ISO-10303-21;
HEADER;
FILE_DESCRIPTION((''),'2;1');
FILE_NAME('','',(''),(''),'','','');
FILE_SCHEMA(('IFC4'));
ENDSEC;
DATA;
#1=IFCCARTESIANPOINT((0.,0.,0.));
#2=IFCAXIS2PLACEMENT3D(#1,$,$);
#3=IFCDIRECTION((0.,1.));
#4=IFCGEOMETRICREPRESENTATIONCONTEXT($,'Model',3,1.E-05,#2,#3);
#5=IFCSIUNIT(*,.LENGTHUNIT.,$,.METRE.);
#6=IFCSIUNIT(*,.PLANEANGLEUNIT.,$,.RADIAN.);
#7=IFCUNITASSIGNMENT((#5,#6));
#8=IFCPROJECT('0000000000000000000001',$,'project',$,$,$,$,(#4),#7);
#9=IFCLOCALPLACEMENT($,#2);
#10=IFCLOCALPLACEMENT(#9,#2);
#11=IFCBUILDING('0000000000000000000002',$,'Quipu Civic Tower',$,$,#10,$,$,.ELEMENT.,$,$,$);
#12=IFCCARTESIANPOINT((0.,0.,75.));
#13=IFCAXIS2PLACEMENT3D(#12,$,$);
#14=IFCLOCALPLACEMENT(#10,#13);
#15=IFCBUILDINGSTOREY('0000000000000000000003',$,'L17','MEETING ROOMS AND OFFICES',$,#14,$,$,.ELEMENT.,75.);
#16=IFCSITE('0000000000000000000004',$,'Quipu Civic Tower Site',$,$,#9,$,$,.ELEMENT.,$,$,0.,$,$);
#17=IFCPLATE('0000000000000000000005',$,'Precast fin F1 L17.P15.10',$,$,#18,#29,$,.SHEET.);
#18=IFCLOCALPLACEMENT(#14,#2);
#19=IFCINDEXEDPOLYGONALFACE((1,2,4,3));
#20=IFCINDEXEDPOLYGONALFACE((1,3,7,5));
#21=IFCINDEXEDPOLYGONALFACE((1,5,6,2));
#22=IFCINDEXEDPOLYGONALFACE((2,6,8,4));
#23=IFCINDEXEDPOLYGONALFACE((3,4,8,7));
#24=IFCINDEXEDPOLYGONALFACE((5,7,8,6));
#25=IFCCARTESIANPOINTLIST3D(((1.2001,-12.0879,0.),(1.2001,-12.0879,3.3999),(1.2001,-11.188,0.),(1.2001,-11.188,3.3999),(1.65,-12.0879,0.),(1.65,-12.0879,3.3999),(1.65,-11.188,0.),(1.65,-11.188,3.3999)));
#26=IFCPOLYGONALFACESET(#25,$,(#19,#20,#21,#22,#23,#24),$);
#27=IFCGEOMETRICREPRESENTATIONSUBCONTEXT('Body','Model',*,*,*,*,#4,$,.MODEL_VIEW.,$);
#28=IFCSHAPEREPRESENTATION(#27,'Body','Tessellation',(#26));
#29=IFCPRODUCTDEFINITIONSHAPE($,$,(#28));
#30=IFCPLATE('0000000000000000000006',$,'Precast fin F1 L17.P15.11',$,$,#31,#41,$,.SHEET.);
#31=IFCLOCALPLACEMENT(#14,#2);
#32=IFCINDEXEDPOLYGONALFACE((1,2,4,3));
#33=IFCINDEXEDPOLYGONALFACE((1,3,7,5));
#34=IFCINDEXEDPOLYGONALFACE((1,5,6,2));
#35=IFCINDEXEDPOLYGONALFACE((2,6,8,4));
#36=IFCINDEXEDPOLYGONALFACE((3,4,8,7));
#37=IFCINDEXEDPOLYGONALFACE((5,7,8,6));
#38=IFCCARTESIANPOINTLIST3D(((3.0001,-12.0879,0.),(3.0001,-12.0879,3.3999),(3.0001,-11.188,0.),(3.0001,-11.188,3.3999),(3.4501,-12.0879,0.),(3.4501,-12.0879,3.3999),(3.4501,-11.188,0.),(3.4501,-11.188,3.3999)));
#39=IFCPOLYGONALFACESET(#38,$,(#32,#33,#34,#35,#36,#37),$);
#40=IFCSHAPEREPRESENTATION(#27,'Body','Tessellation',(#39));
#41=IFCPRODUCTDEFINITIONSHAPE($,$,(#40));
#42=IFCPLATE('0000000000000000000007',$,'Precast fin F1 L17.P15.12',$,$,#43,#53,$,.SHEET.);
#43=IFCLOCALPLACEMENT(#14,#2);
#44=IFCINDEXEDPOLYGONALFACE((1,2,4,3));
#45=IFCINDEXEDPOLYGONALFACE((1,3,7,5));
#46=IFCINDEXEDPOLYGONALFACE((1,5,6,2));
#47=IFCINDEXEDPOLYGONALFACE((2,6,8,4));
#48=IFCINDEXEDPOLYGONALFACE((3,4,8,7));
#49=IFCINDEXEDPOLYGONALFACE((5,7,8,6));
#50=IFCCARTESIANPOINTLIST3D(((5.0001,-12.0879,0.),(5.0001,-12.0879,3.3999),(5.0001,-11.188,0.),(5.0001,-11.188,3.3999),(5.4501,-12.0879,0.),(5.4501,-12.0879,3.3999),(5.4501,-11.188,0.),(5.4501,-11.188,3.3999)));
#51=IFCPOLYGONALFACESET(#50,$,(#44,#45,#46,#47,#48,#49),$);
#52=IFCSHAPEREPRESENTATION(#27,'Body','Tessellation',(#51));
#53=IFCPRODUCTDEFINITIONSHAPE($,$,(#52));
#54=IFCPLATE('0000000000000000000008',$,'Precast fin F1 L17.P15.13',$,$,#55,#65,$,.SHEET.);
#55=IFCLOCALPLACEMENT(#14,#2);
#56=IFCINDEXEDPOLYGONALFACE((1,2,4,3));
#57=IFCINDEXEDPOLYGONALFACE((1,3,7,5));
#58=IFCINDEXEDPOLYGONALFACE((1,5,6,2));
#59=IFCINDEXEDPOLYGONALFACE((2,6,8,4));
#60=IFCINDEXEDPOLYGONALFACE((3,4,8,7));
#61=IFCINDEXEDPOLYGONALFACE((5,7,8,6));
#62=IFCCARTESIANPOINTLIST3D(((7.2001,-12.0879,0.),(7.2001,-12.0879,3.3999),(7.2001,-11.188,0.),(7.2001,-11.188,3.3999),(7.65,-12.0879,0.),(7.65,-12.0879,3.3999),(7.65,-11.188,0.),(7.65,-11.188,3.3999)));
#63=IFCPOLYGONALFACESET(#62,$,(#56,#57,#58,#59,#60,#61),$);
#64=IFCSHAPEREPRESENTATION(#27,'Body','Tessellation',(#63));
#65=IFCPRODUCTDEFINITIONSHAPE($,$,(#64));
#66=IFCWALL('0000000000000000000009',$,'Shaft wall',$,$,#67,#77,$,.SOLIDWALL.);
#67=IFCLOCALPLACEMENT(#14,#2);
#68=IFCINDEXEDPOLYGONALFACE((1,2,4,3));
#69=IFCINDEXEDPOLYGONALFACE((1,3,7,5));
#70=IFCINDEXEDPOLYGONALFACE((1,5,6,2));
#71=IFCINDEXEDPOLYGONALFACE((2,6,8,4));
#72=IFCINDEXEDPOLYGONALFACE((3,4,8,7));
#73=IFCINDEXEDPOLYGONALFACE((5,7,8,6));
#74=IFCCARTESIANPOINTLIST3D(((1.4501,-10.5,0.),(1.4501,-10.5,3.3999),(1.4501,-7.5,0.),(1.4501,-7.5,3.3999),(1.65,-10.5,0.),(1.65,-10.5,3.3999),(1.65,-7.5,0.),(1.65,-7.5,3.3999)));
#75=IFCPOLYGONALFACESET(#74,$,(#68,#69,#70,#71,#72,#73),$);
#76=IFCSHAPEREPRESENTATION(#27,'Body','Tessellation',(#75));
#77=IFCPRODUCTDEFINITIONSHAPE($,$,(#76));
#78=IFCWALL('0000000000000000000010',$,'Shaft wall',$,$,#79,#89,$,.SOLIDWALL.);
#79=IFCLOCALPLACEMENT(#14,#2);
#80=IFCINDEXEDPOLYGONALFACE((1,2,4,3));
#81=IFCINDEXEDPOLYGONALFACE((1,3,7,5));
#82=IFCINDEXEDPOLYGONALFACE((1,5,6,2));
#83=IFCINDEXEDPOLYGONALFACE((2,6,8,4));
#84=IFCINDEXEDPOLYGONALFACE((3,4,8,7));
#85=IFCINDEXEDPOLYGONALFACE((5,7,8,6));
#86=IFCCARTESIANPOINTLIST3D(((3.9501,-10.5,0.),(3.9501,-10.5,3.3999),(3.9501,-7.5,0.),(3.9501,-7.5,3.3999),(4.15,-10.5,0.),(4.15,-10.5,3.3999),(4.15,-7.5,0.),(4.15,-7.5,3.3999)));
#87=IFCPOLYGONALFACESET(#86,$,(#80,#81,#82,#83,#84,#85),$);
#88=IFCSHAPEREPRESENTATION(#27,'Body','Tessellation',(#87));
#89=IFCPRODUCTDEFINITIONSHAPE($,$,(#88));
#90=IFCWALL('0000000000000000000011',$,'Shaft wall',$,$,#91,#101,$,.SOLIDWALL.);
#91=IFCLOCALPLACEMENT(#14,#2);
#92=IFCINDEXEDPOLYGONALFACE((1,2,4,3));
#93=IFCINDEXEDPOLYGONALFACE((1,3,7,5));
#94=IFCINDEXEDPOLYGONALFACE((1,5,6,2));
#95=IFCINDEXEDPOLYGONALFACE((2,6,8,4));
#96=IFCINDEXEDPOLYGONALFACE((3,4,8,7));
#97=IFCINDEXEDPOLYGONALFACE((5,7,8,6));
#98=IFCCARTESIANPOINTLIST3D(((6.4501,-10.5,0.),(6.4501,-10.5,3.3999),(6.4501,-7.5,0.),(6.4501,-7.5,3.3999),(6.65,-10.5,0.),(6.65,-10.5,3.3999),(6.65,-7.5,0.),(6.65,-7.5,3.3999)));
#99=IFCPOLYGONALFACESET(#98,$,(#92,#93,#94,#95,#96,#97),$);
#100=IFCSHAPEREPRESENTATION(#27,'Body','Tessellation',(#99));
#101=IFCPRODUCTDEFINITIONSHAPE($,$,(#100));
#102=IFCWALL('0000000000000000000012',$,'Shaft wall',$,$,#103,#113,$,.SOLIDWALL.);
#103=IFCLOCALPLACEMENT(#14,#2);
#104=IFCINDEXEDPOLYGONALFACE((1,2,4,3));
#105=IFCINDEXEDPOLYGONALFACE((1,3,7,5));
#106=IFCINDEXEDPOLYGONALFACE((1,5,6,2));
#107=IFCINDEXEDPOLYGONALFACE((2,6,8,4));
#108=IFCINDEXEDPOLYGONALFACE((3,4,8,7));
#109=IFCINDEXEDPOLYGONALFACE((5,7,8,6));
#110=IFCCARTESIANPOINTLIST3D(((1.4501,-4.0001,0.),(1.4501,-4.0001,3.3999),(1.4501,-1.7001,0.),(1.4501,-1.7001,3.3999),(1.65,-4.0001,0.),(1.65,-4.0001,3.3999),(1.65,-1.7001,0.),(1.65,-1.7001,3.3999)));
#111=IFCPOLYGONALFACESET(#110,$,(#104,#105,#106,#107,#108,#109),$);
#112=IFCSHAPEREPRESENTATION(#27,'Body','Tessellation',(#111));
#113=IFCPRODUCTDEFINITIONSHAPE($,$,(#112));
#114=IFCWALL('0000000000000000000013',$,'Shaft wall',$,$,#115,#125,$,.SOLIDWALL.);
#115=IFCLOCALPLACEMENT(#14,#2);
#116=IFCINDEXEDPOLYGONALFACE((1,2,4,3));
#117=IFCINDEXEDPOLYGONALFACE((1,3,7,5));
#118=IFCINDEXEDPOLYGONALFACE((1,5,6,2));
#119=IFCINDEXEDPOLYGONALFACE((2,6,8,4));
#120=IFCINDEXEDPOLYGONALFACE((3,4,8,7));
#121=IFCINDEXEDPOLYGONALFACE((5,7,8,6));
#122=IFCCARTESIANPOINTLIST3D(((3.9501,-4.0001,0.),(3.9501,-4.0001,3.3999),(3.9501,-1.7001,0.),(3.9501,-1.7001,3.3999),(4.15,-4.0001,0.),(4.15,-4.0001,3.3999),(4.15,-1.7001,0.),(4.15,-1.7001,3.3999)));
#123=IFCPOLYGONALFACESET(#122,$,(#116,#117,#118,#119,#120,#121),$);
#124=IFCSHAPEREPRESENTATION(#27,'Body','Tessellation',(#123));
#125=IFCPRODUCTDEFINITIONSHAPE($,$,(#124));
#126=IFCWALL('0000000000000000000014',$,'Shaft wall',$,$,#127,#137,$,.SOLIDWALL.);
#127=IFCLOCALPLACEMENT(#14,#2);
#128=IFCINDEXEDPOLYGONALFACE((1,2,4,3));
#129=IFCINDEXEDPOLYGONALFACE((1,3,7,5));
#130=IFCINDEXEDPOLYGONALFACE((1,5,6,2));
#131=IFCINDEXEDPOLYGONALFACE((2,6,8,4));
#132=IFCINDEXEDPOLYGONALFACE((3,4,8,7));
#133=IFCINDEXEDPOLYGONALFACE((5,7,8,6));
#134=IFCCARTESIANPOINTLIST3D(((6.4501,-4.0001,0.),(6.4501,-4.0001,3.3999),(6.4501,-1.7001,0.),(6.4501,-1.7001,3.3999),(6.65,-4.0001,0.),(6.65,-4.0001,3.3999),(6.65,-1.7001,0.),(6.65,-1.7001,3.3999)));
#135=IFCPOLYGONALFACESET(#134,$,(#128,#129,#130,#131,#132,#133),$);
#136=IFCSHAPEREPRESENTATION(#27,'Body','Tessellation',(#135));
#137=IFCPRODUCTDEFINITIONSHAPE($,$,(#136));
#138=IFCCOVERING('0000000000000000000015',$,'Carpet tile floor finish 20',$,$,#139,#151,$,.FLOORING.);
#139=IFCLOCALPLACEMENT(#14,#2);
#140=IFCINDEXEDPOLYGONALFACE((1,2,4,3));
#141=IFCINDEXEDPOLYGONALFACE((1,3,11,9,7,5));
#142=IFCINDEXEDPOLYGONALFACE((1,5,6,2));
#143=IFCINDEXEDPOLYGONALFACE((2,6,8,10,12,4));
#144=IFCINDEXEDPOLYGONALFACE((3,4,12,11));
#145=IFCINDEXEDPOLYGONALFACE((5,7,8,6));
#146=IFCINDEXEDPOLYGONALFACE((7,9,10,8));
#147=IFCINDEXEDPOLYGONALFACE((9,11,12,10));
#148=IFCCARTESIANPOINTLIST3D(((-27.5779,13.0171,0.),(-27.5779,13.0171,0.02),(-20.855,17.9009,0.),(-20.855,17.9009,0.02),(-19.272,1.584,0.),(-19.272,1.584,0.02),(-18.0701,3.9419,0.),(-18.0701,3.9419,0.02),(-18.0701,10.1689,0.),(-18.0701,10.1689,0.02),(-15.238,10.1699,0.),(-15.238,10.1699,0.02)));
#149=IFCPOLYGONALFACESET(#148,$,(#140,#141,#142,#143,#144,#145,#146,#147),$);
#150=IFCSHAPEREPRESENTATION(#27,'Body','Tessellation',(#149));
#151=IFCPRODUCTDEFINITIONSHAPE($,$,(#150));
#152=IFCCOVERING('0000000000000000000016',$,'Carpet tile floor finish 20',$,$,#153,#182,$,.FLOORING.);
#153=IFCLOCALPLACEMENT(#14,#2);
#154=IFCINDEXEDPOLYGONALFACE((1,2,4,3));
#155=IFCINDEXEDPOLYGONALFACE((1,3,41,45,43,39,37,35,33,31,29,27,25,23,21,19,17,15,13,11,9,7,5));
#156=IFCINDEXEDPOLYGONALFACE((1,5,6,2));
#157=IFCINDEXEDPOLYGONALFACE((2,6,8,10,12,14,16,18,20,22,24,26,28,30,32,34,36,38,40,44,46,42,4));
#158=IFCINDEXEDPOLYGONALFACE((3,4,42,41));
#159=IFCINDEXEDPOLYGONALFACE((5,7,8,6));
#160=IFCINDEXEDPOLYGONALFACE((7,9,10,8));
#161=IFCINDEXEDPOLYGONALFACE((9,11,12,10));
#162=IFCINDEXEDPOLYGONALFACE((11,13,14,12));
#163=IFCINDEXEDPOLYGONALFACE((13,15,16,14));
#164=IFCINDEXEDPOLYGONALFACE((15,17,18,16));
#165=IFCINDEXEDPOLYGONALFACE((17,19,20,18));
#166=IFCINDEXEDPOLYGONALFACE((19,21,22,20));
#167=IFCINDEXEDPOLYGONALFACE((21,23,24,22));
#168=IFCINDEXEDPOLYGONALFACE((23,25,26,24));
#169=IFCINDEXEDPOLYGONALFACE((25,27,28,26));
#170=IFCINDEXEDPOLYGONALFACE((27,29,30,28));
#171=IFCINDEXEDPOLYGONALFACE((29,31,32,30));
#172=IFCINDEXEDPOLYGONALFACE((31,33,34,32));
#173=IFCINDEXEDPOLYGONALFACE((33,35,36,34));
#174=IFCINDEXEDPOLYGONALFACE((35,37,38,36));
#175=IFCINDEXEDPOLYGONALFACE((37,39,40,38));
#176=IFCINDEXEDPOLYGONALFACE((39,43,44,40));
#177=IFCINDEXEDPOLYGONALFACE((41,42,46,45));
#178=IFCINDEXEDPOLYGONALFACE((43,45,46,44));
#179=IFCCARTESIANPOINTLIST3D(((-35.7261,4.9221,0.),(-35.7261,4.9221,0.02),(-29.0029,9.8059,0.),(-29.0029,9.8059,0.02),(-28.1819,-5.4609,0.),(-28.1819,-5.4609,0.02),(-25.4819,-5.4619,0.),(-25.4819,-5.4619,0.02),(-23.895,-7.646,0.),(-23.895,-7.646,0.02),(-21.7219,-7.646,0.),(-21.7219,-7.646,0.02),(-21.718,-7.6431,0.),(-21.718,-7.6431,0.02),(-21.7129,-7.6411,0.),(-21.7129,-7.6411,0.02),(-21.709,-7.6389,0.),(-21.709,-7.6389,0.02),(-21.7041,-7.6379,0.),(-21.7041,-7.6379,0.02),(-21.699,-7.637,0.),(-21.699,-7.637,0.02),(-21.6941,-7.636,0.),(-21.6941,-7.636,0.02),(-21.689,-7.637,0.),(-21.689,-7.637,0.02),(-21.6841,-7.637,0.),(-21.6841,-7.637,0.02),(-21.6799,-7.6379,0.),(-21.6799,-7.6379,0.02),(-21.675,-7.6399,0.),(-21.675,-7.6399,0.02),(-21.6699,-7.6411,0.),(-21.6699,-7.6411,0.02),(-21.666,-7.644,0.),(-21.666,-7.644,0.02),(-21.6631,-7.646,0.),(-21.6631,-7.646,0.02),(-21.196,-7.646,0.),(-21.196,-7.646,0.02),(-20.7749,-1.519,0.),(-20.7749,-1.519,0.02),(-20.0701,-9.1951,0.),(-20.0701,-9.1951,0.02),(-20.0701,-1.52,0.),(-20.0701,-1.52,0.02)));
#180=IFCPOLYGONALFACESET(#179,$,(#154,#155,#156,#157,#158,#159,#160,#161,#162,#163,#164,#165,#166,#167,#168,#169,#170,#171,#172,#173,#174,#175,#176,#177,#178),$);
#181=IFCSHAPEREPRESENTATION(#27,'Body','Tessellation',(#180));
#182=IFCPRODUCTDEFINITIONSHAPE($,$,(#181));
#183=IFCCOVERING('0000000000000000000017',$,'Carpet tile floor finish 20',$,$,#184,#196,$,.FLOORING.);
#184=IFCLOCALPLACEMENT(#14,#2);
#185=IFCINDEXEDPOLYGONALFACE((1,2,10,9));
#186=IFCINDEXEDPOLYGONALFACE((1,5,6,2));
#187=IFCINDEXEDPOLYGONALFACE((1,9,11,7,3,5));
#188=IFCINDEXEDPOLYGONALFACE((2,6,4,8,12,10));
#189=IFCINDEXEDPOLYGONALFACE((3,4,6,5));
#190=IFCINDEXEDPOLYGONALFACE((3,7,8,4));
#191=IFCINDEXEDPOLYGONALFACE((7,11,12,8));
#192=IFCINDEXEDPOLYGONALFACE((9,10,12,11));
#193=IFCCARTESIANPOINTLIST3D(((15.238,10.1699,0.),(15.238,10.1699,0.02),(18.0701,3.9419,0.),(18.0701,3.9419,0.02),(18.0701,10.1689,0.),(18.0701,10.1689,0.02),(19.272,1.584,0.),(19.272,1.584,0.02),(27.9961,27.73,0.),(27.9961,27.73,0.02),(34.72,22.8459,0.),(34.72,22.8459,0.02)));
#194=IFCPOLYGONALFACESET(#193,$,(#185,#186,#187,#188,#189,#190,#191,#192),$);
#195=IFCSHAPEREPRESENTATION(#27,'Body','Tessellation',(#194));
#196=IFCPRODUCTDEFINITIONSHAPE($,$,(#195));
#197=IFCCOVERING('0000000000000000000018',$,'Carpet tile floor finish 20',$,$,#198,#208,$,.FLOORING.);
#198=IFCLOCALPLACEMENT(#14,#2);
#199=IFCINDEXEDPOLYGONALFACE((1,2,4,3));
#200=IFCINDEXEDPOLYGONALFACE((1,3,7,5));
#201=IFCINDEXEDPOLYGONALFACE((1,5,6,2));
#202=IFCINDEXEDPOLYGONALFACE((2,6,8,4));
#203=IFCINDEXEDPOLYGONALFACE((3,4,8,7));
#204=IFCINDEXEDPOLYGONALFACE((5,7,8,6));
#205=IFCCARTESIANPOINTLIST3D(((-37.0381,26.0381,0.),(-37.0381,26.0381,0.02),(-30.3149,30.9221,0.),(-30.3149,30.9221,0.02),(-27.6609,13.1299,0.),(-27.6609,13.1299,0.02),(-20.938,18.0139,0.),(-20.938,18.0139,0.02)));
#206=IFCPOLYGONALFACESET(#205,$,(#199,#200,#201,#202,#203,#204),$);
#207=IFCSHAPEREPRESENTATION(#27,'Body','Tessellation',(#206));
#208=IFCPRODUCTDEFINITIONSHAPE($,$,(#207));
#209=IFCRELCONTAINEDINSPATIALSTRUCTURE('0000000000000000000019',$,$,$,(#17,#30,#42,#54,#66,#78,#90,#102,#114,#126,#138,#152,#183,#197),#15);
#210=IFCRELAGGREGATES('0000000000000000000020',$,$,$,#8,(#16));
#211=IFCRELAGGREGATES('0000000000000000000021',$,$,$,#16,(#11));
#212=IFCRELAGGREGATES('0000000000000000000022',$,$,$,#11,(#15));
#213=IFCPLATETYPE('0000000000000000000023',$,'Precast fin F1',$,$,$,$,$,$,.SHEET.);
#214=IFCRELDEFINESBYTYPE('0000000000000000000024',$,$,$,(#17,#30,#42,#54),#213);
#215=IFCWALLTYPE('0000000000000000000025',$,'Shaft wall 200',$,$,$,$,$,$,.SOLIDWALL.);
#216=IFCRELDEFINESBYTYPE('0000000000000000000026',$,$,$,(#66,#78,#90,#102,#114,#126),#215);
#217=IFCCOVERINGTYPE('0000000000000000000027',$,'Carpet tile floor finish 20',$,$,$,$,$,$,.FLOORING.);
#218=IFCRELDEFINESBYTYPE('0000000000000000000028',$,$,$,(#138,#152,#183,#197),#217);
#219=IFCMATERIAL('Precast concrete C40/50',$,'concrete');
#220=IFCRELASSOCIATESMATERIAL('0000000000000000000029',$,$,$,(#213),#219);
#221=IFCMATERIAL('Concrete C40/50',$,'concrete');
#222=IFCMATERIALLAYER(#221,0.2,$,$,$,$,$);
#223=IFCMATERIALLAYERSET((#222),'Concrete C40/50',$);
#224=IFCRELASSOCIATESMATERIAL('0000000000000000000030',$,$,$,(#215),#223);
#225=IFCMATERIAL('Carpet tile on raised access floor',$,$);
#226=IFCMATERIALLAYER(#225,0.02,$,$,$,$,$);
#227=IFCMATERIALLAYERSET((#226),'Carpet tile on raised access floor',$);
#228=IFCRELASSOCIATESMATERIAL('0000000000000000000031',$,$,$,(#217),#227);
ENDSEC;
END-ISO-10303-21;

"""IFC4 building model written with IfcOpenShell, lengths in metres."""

from ifc_helpers import new_model, si_unit, direction, frame, frame_2d, origin, origin_2d, place, context, subcontext, project, spatial, polyline, rectangle, outline, extrude, material, layer, layer_set, type_object, element, save


model = new_model("IFC4")

# Units and contexts
model_context = context("Model", 3, precision=1e-05, world=origin(), true_north=direction((0.0, 1.0)))
body_context = subcontext(model_context, "Body", "Model", "MODEL_VIEW")
ifc_project = project(units=[si_unit("LENGTHUNIT", "METRE"), si_unit("PLANEANGLEUNIT", "RADIAN")], contexts=[model_context])

# Site, building, storey
site_placement = place(None, origin())
site = spatial("IfcSite", under=ifc_project, at=site_placement, Name="Quipu Civic Tower Site", CompositionType="ELEMENT", RefElevation=0.0)
building_placement = place(site_placement, origin())
building = spatial("IfcBuilding", under=site, at=building_placement, Name="Quipu Civic Tower", CompositionType="ELEMENT")
storey_placement = place(building_placement, frame((0.0, 0.0, 75.0)))
storey = spatial("IfcBuildingStorey", under=building, at=storey_placement, Name="L17", Description="MEETING ROOMS AND OFFICES", CompositionType="ELEMENT", Elevation=75.0)

# Plates
ifc_material_1 = material(Name="Precast concrete C40/50", Category="concrete")
plate_type = type_object("IfcPlateType", Name="Precast fin F1", PredefinedType="SHEET", material=ifc_material_1)
for number, where, z_axis, x_axis, name in (
    (1, (1.425, -11.6379, 0.0), (0.0, 0.0, 1.0), (1.0, 0.0, 0.0), "Precast fin F1 L17.P15.10"),
    (2, (3.2251, -11.6379, 0.0), (0.0, 0.0, 1.0), (1.0, 0.0, 0.0), "Precast fin F1 L17.P15.11"),
    (3, (5.2251, -11.6379, 0.0), (0.0, 0.0, 1.0), (1.0, 0.0, 0.0), "Precast fin F1 L17.P15.12"),
    (4, (7.425, -11.6379, 0.0), (0.0, 0.0, 1.0), (1.0, 0.0, 0.0), "Precast fin F1 L17.P15.13"),
):
    element("IfcPlate", number, at=place(storey_placement, frame(where, z_axis=z_axis, x_axis=x_axis)), inside=storey, type_object=plate_type, Name=name, PredefinedType="SHEET", context=body_context, shape_type="SweptSolid", body=[
        extrude(rectangle(XDim=0.45, YDim=0.8999, at=origin_2d()), origin(), (0.0, 0.0, 1.0), 3.3999),
    ])

# Walls
ifc_material_2 = material(Name="Concrete C40/50", Category="concrete")
ifc_layer_1 = layer(ifc_material_2, 0.2)
ifc_layer_set_1 = layer_set([ifc_layer_1], Name="Concrete C40/50")
wall_type = type_object("IfcWallType", Name="Shaft wall 200", PredefinedType="SOLIDWALL", material=ifc_layer_set_1)
for number, where, z_axis, x_axis, name in (
    (5, (1.55, -10.5, 0.0), (0.0, 0.0, 1.0), (0.0, 1.0, 0.0), "Shaft wall"),
    (6, (4.05, -10.5, 0.0), (0.0, 0.0, 1.0), (0.0, 1.0, 0.0), "Shaft wall"),
    (7, (6.55, -10.5, 0.0), (0.0, 0.0, 1.0), (0.0, 1.0, 0.0), "Shaft wall"),
):
    element("IfcWall", number, at=place(storey_placement, frame(where, z_axis=z_axis, x_axis=x_axis)), inside=storey, type_object=wall_type, Name=name, PredefinedType="SOLIDWALL", context=body_context, shape_type="SweptSolid", body=[
        extrude(rectangle(XDim=3.0, YDim=0.2, at=frame_2d((1.5, 0.0))), origin(), (0.0, 0.0, 1.0), 3.3999),
    ])
for number, where, z_axis, x_axis, name in (
    (8, (1.55, -4.0, 0.0), (0.0, 0.0, 1.0), (0.0, 1.0, 0.0), "Shaft wall"),
    (9, (4.05, -4.0, 0.0), (0.0, 0.0, 1.0), (0.0, 1.0, 0.0), "Shaft wall"),
    (10, (6.55, -4.0, 0.0), (0.0, 0.0, 1.0), (0.0, 1.0, 0.0), "Shaft wall"),
):
    element("IfcWall", number, at=place(storey_placement, frame(where, z_axis=z_axis, x_axis=x_axis)), inside=storey, type_object=wall_type, Name=name, PredefinedType="SOLIDWALL", context=body_context, shape_type="SweptSolid", body=[
        extrude(rectangle(XDim=2.3, YDim=0.2, at=frame_2d((1.1499, 0.0))), origin(), (0.0, 0.0, 1.0), 3.3999),
    ])

# Coverings
ifc_material_3 = material(Name="Carpet tile on raised access floor")
ifc_layer_2 = layer(ifc_material_3, 0.02)
ifc_layer_set_2 = layer_set([ifc_layer_2], Name="Carpet tile on raised access floor")
covering_type = type_object("IfcCoveringType", Name="Carpet tile floor finish 20", PredefinedType="FLOORING", material=ifc_layer_set_2)
covering_1_placement = place(storey_placement, origin())
element("IfcCovering", 11, at=covering_1_placement, inside=storey, type_object=covering_type, Name="Carpet tile floor finish 20", PredefinedType="FLOORING", context=body_context, shape_type="SweptSolid", body=[
    extrude(outline(polyline([(-27.5779, 13.0171), (-20.855, 17.9009), (-15.238, 10.1699), (-18.0701, 10.1689), (-18.0701, 3.9419), (-19.272, 1.584), (-27.5779, 13.0171)])), origin(), (0.0, 0.0, 1.0), 0.02),
])
covering_2_placement = place(storey_placement, origin())
element("IfcCovering", 12, at=covering_2_placement, inside=storey, type_object=covering_type, Name="Carpet tile floor finish 20", PredefinedType="FLOORING", context=body_context, shape_type="SweptSolid", body=[
    extrude(outline(polyline([(-35.7261, 4.9221), (-29.0029, 9.8059), (-20.7749, -1.519), (-20.0701, -1.52), (-20.0701, -9.1951), (-21.196, -7.646), (-21.6631, -7.646), (-21.666, -7.644), (-21.6699, -7.6411), (-21.675, -7.6399), (-21.6799, -7.6379), (-21.6841, -7.637), (-21.689, -7.637), (-21.6941, -7.636), (-21.699, -7.637), (-21.7041, -7.6379), (-21.709, -7.6389), (-21.7129, -7.6411), (-21.718, -7.6431), (-21.7219, -7.646), (-21.7219, -7.646), (-23.895, -7.646), (-25.4819, -5.4619), (-28.1819, -5.4609), (-35.7261, 4.9221)])), origin(), (0.0, 0.0, 1.0), 0.02),
])
covering_3_placement = place(storey_placement, origin())
element("IfcCovering", 13, at=covering_3_placement, inside=storey, type_object=covering_type, Name="Carpet tile floor finish 20", PredefinedType="FLOORING", context=body_context, shape_type="SweptSolid", body=[
    extrude(outline(polyline([(15.238, 10.1699), (27.9961, 27.73), (34.72, 22.8459), (19.272, 1.584), (18.0701, 3.9419), (18.0701, 10.1689), (15.238, 10.1699)])), origin(), (0.0, 0.0, 1.0), 0.02),
])
covering_4_placement = place(storey_placement, origin())
element("IfcCovering", 14, at=covering_4_placement, inside=storey, type_object=covering_type, Name="Carpet tile floor finish 20", PredefinedType="FLOORING", context=body_context, shape_type="SweptSolid", body=[
    extrude(outline(polyline([(-37.0381, 26.0381), (-30.3149, 30.9221), (-20.938, 18.0139), (-27.6609, 13.1299), (-37.0381, 26.0381)])), origin(), (0.0, 0.0, 1.0), 0.02),
])

save(model, "model.ifc")
